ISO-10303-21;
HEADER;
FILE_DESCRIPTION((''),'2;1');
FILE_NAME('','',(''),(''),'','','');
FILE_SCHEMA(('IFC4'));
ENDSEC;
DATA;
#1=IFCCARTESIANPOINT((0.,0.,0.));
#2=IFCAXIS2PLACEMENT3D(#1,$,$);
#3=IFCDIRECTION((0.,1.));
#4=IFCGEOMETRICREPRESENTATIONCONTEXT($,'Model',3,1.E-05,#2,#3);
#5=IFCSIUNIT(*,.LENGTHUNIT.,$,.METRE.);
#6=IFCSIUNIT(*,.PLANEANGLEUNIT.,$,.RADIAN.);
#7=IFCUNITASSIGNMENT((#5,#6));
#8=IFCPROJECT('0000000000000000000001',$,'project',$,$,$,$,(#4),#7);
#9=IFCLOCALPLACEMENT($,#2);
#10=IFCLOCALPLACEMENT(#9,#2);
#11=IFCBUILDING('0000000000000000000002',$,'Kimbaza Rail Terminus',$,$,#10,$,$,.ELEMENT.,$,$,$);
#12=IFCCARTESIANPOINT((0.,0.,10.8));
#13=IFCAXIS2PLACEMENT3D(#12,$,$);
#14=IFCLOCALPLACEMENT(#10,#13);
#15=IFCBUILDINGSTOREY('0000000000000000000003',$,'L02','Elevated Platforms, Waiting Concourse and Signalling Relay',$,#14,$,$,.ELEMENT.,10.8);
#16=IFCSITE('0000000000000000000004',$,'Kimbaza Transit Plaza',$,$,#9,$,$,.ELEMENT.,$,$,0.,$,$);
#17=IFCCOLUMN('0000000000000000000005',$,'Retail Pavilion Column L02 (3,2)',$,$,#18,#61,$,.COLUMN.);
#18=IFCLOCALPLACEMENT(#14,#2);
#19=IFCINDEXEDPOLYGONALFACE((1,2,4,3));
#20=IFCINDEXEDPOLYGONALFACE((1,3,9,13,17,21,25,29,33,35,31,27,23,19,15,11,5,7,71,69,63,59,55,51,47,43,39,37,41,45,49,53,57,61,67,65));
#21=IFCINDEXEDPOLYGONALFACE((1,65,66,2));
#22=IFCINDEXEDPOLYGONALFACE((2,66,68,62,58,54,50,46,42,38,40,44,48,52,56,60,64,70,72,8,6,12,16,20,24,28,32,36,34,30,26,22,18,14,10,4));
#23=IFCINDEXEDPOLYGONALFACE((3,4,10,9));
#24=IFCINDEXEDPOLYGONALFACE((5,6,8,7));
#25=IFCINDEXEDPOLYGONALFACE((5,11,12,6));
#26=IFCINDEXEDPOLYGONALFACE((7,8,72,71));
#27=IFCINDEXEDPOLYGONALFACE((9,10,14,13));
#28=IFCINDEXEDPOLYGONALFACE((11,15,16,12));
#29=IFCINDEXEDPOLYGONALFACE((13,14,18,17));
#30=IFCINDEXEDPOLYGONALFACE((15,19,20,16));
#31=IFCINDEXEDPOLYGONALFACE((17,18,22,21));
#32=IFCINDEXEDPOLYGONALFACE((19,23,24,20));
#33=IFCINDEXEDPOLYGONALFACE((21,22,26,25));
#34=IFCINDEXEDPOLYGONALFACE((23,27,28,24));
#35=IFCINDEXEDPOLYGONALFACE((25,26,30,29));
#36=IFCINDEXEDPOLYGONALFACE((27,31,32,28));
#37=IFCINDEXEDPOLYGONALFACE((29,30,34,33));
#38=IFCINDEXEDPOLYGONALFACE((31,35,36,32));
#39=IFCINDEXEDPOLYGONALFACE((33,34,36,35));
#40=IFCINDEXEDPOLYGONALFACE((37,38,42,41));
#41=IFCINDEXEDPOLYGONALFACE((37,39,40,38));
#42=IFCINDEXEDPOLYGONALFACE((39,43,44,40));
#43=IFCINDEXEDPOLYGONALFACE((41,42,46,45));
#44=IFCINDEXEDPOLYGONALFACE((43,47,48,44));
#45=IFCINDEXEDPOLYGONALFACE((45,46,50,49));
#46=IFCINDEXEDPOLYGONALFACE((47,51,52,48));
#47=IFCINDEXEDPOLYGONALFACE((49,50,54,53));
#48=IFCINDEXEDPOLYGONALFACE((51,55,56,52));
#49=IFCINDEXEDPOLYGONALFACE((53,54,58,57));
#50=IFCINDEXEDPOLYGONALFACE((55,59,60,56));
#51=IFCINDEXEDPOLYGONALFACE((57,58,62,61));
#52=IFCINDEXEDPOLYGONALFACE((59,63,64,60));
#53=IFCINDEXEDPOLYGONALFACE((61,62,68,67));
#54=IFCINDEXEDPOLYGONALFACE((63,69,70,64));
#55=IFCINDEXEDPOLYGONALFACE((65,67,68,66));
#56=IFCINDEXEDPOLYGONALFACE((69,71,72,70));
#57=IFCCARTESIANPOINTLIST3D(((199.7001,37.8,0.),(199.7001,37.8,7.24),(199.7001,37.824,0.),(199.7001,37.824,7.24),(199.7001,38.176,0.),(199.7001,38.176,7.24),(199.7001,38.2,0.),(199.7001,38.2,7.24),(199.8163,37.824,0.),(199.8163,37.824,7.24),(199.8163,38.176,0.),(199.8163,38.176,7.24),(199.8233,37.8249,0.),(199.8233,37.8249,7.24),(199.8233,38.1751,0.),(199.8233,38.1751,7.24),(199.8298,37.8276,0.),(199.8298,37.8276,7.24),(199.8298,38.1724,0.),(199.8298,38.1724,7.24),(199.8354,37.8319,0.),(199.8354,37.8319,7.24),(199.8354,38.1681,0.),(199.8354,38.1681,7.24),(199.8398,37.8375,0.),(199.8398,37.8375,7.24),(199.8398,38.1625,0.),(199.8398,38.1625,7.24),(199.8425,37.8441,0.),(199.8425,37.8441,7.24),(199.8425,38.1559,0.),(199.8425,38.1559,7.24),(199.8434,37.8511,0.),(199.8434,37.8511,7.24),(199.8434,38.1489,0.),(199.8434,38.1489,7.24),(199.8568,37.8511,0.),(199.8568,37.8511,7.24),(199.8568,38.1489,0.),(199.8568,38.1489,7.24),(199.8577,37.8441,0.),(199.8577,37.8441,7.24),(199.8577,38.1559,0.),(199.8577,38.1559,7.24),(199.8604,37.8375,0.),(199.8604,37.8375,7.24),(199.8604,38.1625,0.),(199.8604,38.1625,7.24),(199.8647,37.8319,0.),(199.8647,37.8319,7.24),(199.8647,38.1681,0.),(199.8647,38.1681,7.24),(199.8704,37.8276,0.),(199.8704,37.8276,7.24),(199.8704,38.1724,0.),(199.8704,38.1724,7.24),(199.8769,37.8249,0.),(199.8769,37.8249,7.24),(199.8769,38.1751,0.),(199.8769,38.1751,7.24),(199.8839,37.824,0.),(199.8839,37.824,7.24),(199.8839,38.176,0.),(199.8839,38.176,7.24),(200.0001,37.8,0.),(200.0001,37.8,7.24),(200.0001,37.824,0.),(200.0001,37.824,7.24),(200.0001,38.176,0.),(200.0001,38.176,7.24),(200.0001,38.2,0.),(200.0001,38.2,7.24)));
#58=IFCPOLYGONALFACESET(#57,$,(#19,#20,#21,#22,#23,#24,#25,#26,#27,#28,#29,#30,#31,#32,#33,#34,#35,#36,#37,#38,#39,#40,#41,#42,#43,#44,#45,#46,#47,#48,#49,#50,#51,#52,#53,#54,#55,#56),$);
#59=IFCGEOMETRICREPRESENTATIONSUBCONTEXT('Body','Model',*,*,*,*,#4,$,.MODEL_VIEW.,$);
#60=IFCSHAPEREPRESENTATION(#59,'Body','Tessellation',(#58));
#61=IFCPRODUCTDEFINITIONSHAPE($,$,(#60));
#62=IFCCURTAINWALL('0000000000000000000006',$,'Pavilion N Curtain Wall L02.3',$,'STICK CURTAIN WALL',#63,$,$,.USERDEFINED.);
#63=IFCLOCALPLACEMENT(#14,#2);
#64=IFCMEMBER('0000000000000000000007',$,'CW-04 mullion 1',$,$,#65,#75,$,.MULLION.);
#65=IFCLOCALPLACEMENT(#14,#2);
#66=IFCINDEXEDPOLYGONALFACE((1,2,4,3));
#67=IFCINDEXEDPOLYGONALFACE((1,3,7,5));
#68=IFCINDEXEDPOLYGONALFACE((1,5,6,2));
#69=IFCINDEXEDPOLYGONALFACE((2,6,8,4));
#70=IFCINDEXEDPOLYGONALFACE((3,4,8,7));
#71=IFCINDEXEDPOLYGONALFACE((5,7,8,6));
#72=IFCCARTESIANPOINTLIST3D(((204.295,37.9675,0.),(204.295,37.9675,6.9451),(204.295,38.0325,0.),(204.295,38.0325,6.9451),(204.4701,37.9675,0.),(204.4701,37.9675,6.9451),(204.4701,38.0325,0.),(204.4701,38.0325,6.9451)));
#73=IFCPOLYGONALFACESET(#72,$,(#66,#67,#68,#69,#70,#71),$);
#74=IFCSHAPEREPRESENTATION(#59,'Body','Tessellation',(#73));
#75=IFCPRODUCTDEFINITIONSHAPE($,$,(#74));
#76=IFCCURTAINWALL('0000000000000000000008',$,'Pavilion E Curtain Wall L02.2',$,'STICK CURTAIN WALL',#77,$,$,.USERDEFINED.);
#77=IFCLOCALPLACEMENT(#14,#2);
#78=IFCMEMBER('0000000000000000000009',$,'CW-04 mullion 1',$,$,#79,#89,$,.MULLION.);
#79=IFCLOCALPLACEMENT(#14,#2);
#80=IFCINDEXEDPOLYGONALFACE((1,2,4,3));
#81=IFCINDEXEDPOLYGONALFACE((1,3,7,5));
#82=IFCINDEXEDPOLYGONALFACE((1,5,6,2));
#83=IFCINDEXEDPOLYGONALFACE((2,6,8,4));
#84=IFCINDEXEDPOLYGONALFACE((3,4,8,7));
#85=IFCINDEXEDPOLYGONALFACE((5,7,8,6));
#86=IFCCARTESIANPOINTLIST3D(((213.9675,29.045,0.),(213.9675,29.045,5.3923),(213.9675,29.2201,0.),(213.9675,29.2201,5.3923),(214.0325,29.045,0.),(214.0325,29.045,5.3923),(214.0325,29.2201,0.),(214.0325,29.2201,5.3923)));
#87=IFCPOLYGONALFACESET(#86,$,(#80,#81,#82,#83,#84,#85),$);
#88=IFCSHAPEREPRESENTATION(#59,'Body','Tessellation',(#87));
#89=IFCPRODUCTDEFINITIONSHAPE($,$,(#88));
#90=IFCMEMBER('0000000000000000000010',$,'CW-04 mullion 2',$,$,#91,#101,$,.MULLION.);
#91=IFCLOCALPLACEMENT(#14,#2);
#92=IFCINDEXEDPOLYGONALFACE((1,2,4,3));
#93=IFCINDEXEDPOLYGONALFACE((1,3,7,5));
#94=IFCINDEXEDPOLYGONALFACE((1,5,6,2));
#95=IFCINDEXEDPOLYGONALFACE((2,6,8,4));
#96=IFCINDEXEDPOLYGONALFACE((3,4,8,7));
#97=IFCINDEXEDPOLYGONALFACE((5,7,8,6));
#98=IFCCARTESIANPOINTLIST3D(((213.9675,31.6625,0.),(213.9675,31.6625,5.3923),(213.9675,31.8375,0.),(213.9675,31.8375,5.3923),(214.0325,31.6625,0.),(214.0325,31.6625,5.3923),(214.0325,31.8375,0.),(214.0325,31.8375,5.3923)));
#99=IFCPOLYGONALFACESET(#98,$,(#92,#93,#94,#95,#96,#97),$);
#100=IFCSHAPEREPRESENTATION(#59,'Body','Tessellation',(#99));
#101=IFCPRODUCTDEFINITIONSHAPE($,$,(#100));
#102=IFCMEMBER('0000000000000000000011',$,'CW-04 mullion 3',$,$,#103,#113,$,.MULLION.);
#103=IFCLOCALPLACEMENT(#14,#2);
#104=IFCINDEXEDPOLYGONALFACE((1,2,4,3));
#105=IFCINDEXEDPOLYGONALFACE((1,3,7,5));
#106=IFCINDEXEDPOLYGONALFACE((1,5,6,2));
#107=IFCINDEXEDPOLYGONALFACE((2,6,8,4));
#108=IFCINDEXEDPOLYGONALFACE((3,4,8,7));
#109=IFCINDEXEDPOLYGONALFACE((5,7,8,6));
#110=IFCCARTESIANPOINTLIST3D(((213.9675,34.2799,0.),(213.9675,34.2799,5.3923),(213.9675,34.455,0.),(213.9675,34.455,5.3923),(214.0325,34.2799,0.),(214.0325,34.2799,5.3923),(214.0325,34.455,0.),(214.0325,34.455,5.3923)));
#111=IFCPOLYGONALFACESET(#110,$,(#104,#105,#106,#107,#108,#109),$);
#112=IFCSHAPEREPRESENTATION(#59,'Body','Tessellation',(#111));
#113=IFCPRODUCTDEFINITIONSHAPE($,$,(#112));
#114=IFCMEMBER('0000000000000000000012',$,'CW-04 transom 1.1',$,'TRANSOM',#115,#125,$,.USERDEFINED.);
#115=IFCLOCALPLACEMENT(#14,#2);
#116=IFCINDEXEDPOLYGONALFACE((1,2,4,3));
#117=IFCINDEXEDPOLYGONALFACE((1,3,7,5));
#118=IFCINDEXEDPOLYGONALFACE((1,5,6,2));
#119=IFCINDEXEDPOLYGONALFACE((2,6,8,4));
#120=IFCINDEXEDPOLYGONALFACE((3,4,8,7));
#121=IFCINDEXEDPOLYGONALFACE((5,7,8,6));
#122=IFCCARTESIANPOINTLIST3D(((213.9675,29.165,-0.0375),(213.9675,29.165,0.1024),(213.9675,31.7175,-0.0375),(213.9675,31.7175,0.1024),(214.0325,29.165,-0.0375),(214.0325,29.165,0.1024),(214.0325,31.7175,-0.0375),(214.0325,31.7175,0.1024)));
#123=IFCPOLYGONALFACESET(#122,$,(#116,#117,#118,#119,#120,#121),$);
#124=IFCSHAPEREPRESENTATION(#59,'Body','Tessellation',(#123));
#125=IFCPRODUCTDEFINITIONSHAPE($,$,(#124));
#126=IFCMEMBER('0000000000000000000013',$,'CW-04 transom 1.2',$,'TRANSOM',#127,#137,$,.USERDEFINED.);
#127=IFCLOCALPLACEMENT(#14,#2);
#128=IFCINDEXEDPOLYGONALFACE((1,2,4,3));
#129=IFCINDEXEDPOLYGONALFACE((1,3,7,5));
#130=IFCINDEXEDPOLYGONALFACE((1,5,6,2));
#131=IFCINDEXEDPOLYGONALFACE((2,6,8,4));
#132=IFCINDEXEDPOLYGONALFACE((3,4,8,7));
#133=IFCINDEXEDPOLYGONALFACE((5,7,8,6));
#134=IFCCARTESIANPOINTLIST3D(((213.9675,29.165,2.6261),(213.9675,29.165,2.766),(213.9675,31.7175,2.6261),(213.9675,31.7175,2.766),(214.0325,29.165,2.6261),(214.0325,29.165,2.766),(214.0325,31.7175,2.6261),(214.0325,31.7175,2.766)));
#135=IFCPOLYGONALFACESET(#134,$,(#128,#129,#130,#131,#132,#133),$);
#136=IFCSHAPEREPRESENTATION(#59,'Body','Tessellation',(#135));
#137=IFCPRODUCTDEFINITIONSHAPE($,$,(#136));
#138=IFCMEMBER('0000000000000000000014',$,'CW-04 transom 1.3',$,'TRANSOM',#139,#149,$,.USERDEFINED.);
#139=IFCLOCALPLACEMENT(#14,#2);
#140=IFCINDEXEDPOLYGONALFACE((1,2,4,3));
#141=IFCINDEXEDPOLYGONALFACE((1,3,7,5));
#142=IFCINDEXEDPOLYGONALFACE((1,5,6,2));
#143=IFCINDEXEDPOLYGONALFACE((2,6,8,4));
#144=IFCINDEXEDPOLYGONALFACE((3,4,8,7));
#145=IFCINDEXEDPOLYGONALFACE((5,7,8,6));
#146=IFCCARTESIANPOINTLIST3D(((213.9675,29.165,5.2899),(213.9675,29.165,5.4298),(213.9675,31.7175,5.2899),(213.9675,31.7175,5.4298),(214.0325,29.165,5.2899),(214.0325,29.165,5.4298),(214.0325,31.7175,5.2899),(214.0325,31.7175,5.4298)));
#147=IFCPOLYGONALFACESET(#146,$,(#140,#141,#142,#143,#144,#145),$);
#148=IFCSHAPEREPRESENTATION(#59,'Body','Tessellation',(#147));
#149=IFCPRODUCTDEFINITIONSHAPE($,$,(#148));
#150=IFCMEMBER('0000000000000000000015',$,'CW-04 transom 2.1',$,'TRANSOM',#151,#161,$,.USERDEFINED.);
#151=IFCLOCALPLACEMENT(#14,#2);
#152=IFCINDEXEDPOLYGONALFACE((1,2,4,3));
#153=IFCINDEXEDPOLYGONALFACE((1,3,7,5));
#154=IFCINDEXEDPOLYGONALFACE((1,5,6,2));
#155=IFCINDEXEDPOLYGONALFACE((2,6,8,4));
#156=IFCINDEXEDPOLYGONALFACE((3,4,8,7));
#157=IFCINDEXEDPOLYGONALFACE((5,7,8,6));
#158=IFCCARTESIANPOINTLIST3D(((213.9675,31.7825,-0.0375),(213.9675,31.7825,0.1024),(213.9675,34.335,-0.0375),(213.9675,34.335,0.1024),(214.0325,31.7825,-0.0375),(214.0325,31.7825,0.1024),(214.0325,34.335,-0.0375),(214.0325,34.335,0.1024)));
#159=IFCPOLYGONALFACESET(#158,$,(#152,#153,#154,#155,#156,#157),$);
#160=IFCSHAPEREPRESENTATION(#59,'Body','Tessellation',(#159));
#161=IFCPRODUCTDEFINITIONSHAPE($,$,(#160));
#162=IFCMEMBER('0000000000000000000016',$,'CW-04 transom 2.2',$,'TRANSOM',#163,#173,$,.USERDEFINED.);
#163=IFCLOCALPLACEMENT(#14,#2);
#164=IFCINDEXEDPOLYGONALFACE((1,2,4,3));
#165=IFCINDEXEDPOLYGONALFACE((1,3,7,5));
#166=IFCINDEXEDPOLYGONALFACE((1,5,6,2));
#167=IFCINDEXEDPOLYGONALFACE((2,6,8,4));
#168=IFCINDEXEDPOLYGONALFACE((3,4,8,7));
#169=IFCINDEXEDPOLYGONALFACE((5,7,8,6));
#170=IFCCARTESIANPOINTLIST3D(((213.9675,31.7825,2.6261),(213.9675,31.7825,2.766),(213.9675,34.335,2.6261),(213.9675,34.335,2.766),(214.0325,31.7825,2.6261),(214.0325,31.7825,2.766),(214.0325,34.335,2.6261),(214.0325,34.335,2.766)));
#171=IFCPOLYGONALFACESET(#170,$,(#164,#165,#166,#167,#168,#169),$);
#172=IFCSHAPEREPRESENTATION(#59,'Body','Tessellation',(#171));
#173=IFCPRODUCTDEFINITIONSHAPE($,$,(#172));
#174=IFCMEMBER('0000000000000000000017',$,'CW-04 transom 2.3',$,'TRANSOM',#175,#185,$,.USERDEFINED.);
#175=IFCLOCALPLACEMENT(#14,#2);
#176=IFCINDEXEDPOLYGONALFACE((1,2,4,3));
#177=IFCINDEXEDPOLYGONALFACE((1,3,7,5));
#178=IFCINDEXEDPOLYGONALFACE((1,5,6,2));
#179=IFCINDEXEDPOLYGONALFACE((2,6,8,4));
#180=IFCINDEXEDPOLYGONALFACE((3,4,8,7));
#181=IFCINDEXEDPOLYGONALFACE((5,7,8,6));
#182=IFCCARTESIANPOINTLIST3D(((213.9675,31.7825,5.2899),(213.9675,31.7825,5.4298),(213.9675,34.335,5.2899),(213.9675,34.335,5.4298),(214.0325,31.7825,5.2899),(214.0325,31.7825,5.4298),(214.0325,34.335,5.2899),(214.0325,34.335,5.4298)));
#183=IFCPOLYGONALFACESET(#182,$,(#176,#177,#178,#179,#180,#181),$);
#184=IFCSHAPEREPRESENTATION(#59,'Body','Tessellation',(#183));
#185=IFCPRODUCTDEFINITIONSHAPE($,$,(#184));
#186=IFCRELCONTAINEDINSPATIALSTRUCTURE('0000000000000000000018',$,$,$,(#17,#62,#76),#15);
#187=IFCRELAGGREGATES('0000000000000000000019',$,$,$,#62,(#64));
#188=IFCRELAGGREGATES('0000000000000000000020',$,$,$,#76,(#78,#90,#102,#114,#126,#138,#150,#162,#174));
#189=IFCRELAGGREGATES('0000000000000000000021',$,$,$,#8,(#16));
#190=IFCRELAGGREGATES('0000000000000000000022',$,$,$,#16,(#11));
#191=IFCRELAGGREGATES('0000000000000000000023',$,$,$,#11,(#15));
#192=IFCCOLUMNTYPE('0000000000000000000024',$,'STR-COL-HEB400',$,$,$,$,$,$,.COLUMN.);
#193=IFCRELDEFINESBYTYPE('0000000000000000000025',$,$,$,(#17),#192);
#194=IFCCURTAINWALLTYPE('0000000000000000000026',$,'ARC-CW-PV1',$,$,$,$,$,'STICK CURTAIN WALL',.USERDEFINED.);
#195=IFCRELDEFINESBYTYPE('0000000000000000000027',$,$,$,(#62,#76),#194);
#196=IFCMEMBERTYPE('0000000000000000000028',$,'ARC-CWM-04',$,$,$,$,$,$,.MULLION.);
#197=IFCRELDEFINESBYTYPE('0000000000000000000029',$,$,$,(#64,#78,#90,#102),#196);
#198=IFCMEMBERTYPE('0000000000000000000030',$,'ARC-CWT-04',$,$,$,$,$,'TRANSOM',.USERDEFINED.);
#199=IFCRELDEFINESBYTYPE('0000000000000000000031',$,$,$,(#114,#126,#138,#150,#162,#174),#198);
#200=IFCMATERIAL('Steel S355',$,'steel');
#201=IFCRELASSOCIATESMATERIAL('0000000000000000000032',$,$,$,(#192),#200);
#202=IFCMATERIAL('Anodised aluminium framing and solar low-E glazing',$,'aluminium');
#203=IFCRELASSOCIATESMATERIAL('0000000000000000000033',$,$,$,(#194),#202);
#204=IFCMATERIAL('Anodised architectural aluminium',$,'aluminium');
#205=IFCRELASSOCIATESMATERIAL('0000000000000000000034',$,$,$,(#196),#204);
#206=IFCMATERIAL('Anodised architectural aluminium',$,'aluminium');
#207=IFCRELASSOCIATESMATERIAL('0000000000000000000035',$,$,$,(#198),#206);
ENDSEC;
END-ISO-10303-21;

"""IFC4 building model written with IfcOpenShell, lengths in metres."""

from ifc_helpers import new_model, si_unit, direction, frame, origin, origin_2d, place, context, subcontext, project, spatial, rectangle, i_section, extrude, material, material_profile, profile_set, type_object, element, aggregate, save


model = new_model("IFC4")

# Units and contexts
model_context = context("Model", 3, precision=1e-05, world=origin(), true_north=direction((0.0, 1.0)))
body_context = subcontext(model_context, "Body", "Model", "MODEL_VIEW")
ifc_project = project(units=[si_unit("LENGTHUNIT", "METRE"), si_unit("PLANEANGLEUNIT", "RADIAN")], contexts=[model_context])

# Site, building, storey
site_placement = place(None, origin())
site = spatial("IfcSite", under=ifc_project, at=site_placement, Name="Kimbaza Transit Plaza", CompositionType="ELEMENT", RefElevation=0.0)
building_placement = place(site_placement, origin())
building = spatial("IfcBuilding", under=site, at=building_placement, Name="Kimbaza Rail Terminus", CompositionType="ELEMENT")
storey_placement = place(building_placement, frame((0.0, 0.0, 10.8)))
storey = spatial("IfcBuildingStorey", under=building, at=storey_placement, Name="L02", Description="Elevated Platforms, Waiting Concourse and Signalling Relay", CompositionType="ELEMENT", Elevation=10.8)

# Column
ifc_material_1 = material(Name="Steel S355", Category="steel")
ifc_material_profile_1 = material_profile(ifc_material_1, i_section(OverallWidth=0.3, OverallDepth=0.3999, WebThickness=0.0134, FlangeThickness=0.0239, FilletRadius=0.0271, at=origin_2d()), Name="HEB 400")
ifc_profile_set_1 = profile_set([ifc_material_profile_1], Name="Steel S355")
column_type = type_object("IfcColumnType", Name="STR-COL-HEB400", PredefinedType="COLUMN", material=ifc_profile_set_1)
column_placement = place(storey_placement, frame((199.8501, 38.0, 0.0), z_axis=(0.0, 0.0, 1.0), x_axis=(1.0, 0.0, 0.0)))
element("IfcColumn", 1, at=column_placement, inside=storey, type_object=column_type, Name="Retail Pavilion Column L02 (3,2)", PredefinedType="COLUMN", context=body_context, shape_type="SweptSolid", body=[
    extrude(i_section(OverallWidth=0.3, OverallDepth=0.3999, WebThickness=0.0134, FlangeThickness=0.0239, FilletRadius=0.0271, at=origin_2d()), origin(), (0.0, 0.0, 1.0), 7.24),
])

# Curtain wall, member
ifc_material_2 = material(Name="Anodised aluminium framing and solar low-E glazing", Category="aluminium")
curtain_wall_type = type_object("IfcCurtainWallType", Name="ARC-CW-PV1", ElementType="STICK CURTAIN WALL", PredefinedType="USERDEFINED", material=ifc_material_2)
curtain_wall_1_placement = place(storey_placement, origin())
curtain_wall_1 = element("IfcCurtainWall", 2, at=curtain_wall_1_placement, inside=storey, type_object=curtain_wall_type, Name="Pavilion N Curtain Wall L02.3", ObjectType="STICK CURTAIN WALL", PredefinedType="USERDEFINED")
ifc_material_3 = material(Name="Anodised architectural aluminium", Category="aluminium")
ifc_material_profile_2 = material_profile(ifc_material_3, rectangle(XDim=0.0649, YDim=0.175, at=origin_2d()), Name="MULLION 65x175")
ifc_profile_set_2 = profile_set([ifc_material_profile_2], Name="Anodised architectural aluminium")
member_type_1 = type_object("IfcMemberType", Name="ARC-CWM-04", PredefinedType="MULLION", material=ifc_profile_set_2)
member_1_placement = place(storey_placement, frame((204.3826, 38.0, 0.0), z_axis=(0.0, 0.0, 1.0), x_axis=(0.0, 1.0, 0.0)))
member_1 = element("IfcMember", 3, at=member_1_placement, type_object=member_type_1, Name="CW-04 mullion 1", PredefinedType="MULLION", context=body_context, shape_type="SweptSolid", body=[
    extrude(rectangle(XDim=0.0649, YDim=0.175, at=origin_2d()), origin(), (0.0, 0.0, 1.0), 6.9451),
])
aggregate(curtain_wall_1, [member_1])

# Curtain wall, members
curtain_wall_2_placement = place(storey_placement, origin())
curtain_wall_2 = element("IfcCurtainWall", 4, at=curtain_wall_2_placement, inside=storey, type_object=curtain_wall_type, Name="Pavilion E Curtain Wall L02.2", ObjectType="STICK CURTAIN WALL", PredefinedType="USERDEFINED")
member_2_placement = place(storey_placement, frame((214.0, 29.1326, 0.0), z_axis=(0.0, 0.0, 1.0), x_axis=(-1.0, 0.0, 0.0)))
member_2 = element("IfcMember", 5, at=member_2_placement, type_object=member_type_1, Name="CW-04 mullion 1", PredefinedType="MULLION", context=body_context, shape_type="SweptSolid", body=[
    extrude(rectangle(XDim=0.0649, YDim=0.175, at=origin_2d()), origin(), (0.0, 0.0, 1.0), 5.3923),
])
member_3_placement = place(storey_placement, frame((214.0, 31.75, 0.0), z_axis=(0.0, 0.0, 1.0), x_axis=(-1.0, 0.0, 0.0)))
member_3 = element("IfcMember", 6, at=member_3_placement, type_object=member_type_1, Name="CW-04 mullion 2", PredefinedType="MULLION", context=body_context, shape_type="SweptSolid", body=[
    extrude(rectangle(XDim=0.0649, YDim=0.175, at=origin_2d()), origin(), (0.0, 0.0, 1.0), 5.3923),
])
member_4_placement = place(storey_placement, frame((214.0, 34.3674, 0.0), z_axis=(0.0, 0.0, 1.0), x_axis=(-1.0, 0.0, 0.0)))
member_4 = element("IfcMember", 7, at=member_4_placement, type_object=member_type_1, Name="CW-04 mullion 3", PredefinedType="MULLION", context=body_context, shape_type="SweptSolid", body=[
    extrude(rectangle(XDim=0.0649, YDim=0.175, at=origin_2d()), origin(), (0.0, 0.0, 1.0), 5.3923),
])
ifc_material_4 = material(Name="Anodised architectural aluminium", Category="aluminium")
ifc_material_profile_3 = material_profile(ifc_material_4, rectangle(XDim=0.0649, YDim=0.1399, at=origin_2d()), Name="TRANSOM 65x140")
ifc_profile_set_3 = profile_set([ifc_material_profile_3], Name="Anodised architectural aluminium")
member_type_2 = type_object("IfcMemberType", Name="ARC-CWT-04", ElementType="TRANSOM", PredefinedType="USERDEFINED", material=ifc_profile_set_3)
member_5_placement = place(storey_placement, frame((214.0, 29.165, 0.0325), z_axis=(0.0, 1.0, 0.0), x_axis=(-1.0, 0.0, 0.0)))
member_5 = element("IfcMember", 8, at=member_5_placement, type_object=member_type_2, Name="CW-04 transom 1.1", ObjectType="TRANSOM", PredefinedType="USERDEFINED", context=body_context, shape_type="SweptSolid", body=[
    extrude(rectangle(XDim=0.0649, YDim=0.1399, at=origin_2d()), origin(), (0.0, 0.0, 1.0), 2.5525),
])
member_6_placement = place(storey_placement, frame((214.0, 29.165, 2.696), z_axis=(0.0, 1.0, 0.0), x_axis=(-1.0, 0.0, 0.0)))
member_6 = element("IfcMember", 9, at=member_6_placement, type_object=member_type_2, Name="CW-04 transom 1.2", ObjectType="TRANSOM", PredefinedType="USERDEFINED", context=body_context, shape_type="SweptSolid", body=[
    extrude(rectangle(XDim=0.0649, YDim=0.1399, at=origin_2d()), origin(), (0.0, 0.0, 1.0), 2.5525),
])
member_7_placement = place(storey_placement, frame((214.0, 29.165, 5.3599), z_axis=(0.0, 1.0, 0.0), x_axis=(-1.0, 0.0, 0.0)))
member_7 = element("IfcMember", 10, at=member_7_placement, type_object=member_type_2, Name="CW-04 transom 1.3", ObjectType="TRANSOM", PredefinedType="USERDEFINED", context=body_context, shape_type="SweptSolid", body=[
    extrude(rectangle(XDim=0.0649, YDim=0.1399, at=origin_2d()), origin(), (0.0, 0.0, 1.0), 2.5525),
])
member_8_placement = place(storey_placement, frame((214.0, 31.7825, 0.0325), z_axis=(0.0, 1.0, 0.0), x_axis=(-1.0, 0.0, 0.0)))
member_8 = element("IfcMember", 11, at=member_8_placement, type_object=member_type_2, Name="CW-04 transom 2.1", ObjectType="TRANSOM", PredefinedType="USERDEFINED", context=body_context, shape_type="SweptSolid", body=[
    extrude(rectangle(XDim=0.0649, YDim=0.1399, at=origin_2d()), origin(), (0.0, 0.0, 1.0), 2.5525),
])
member_9_placement = place(storey_placement, frame((214.0, 31.7825, 2.696), z_axis=(0.0, 1.0, 0.0), x_axis=(-1.0, 0.0, 0.0)))
member_9 = element("IfcMember", 12, at=member_9_placement, type_object=member_type_2, Name="CW-04 transom 2.2", ObjectType="TRANSOM", PredefinedType="USERDEFINED", context=body_context, shape_type="SweptSolid", body=[
    extrude(rectangle(XDim=0.0649, YDim=0.1399, at=origin_2d()), origin(), (0.0, 0.0, 1.0), 2.5525),
])
member_10_placement = place(storey_placement, frame((214.0, 31.7825, 5.3599), z_axis=(0.0, 1.0, 0.0), x_axis=(-1.0, 0.0, 0.0)))
member_10 = element("IfcMember", 13, at=member_10_placement, type_object=member_type_2, Name="CW-04 transom 2.3", ObjectType="TRANSOM", PredefinedType="USERDEFINED", context=body_context, shape_type="SweptSolid", body=[
    extrude(rectangle(XDim=0.0649, YDim=0.1399, at=origin_2d()), origin(), (0.0, 0.0, 1.0), 2.5525),
])

aggregate(curtain_wall_2, [member_2, member_3, member_4, member_5, member_6, member_7, member_8, member_9, member_10])

save(model, "model.ifc")
